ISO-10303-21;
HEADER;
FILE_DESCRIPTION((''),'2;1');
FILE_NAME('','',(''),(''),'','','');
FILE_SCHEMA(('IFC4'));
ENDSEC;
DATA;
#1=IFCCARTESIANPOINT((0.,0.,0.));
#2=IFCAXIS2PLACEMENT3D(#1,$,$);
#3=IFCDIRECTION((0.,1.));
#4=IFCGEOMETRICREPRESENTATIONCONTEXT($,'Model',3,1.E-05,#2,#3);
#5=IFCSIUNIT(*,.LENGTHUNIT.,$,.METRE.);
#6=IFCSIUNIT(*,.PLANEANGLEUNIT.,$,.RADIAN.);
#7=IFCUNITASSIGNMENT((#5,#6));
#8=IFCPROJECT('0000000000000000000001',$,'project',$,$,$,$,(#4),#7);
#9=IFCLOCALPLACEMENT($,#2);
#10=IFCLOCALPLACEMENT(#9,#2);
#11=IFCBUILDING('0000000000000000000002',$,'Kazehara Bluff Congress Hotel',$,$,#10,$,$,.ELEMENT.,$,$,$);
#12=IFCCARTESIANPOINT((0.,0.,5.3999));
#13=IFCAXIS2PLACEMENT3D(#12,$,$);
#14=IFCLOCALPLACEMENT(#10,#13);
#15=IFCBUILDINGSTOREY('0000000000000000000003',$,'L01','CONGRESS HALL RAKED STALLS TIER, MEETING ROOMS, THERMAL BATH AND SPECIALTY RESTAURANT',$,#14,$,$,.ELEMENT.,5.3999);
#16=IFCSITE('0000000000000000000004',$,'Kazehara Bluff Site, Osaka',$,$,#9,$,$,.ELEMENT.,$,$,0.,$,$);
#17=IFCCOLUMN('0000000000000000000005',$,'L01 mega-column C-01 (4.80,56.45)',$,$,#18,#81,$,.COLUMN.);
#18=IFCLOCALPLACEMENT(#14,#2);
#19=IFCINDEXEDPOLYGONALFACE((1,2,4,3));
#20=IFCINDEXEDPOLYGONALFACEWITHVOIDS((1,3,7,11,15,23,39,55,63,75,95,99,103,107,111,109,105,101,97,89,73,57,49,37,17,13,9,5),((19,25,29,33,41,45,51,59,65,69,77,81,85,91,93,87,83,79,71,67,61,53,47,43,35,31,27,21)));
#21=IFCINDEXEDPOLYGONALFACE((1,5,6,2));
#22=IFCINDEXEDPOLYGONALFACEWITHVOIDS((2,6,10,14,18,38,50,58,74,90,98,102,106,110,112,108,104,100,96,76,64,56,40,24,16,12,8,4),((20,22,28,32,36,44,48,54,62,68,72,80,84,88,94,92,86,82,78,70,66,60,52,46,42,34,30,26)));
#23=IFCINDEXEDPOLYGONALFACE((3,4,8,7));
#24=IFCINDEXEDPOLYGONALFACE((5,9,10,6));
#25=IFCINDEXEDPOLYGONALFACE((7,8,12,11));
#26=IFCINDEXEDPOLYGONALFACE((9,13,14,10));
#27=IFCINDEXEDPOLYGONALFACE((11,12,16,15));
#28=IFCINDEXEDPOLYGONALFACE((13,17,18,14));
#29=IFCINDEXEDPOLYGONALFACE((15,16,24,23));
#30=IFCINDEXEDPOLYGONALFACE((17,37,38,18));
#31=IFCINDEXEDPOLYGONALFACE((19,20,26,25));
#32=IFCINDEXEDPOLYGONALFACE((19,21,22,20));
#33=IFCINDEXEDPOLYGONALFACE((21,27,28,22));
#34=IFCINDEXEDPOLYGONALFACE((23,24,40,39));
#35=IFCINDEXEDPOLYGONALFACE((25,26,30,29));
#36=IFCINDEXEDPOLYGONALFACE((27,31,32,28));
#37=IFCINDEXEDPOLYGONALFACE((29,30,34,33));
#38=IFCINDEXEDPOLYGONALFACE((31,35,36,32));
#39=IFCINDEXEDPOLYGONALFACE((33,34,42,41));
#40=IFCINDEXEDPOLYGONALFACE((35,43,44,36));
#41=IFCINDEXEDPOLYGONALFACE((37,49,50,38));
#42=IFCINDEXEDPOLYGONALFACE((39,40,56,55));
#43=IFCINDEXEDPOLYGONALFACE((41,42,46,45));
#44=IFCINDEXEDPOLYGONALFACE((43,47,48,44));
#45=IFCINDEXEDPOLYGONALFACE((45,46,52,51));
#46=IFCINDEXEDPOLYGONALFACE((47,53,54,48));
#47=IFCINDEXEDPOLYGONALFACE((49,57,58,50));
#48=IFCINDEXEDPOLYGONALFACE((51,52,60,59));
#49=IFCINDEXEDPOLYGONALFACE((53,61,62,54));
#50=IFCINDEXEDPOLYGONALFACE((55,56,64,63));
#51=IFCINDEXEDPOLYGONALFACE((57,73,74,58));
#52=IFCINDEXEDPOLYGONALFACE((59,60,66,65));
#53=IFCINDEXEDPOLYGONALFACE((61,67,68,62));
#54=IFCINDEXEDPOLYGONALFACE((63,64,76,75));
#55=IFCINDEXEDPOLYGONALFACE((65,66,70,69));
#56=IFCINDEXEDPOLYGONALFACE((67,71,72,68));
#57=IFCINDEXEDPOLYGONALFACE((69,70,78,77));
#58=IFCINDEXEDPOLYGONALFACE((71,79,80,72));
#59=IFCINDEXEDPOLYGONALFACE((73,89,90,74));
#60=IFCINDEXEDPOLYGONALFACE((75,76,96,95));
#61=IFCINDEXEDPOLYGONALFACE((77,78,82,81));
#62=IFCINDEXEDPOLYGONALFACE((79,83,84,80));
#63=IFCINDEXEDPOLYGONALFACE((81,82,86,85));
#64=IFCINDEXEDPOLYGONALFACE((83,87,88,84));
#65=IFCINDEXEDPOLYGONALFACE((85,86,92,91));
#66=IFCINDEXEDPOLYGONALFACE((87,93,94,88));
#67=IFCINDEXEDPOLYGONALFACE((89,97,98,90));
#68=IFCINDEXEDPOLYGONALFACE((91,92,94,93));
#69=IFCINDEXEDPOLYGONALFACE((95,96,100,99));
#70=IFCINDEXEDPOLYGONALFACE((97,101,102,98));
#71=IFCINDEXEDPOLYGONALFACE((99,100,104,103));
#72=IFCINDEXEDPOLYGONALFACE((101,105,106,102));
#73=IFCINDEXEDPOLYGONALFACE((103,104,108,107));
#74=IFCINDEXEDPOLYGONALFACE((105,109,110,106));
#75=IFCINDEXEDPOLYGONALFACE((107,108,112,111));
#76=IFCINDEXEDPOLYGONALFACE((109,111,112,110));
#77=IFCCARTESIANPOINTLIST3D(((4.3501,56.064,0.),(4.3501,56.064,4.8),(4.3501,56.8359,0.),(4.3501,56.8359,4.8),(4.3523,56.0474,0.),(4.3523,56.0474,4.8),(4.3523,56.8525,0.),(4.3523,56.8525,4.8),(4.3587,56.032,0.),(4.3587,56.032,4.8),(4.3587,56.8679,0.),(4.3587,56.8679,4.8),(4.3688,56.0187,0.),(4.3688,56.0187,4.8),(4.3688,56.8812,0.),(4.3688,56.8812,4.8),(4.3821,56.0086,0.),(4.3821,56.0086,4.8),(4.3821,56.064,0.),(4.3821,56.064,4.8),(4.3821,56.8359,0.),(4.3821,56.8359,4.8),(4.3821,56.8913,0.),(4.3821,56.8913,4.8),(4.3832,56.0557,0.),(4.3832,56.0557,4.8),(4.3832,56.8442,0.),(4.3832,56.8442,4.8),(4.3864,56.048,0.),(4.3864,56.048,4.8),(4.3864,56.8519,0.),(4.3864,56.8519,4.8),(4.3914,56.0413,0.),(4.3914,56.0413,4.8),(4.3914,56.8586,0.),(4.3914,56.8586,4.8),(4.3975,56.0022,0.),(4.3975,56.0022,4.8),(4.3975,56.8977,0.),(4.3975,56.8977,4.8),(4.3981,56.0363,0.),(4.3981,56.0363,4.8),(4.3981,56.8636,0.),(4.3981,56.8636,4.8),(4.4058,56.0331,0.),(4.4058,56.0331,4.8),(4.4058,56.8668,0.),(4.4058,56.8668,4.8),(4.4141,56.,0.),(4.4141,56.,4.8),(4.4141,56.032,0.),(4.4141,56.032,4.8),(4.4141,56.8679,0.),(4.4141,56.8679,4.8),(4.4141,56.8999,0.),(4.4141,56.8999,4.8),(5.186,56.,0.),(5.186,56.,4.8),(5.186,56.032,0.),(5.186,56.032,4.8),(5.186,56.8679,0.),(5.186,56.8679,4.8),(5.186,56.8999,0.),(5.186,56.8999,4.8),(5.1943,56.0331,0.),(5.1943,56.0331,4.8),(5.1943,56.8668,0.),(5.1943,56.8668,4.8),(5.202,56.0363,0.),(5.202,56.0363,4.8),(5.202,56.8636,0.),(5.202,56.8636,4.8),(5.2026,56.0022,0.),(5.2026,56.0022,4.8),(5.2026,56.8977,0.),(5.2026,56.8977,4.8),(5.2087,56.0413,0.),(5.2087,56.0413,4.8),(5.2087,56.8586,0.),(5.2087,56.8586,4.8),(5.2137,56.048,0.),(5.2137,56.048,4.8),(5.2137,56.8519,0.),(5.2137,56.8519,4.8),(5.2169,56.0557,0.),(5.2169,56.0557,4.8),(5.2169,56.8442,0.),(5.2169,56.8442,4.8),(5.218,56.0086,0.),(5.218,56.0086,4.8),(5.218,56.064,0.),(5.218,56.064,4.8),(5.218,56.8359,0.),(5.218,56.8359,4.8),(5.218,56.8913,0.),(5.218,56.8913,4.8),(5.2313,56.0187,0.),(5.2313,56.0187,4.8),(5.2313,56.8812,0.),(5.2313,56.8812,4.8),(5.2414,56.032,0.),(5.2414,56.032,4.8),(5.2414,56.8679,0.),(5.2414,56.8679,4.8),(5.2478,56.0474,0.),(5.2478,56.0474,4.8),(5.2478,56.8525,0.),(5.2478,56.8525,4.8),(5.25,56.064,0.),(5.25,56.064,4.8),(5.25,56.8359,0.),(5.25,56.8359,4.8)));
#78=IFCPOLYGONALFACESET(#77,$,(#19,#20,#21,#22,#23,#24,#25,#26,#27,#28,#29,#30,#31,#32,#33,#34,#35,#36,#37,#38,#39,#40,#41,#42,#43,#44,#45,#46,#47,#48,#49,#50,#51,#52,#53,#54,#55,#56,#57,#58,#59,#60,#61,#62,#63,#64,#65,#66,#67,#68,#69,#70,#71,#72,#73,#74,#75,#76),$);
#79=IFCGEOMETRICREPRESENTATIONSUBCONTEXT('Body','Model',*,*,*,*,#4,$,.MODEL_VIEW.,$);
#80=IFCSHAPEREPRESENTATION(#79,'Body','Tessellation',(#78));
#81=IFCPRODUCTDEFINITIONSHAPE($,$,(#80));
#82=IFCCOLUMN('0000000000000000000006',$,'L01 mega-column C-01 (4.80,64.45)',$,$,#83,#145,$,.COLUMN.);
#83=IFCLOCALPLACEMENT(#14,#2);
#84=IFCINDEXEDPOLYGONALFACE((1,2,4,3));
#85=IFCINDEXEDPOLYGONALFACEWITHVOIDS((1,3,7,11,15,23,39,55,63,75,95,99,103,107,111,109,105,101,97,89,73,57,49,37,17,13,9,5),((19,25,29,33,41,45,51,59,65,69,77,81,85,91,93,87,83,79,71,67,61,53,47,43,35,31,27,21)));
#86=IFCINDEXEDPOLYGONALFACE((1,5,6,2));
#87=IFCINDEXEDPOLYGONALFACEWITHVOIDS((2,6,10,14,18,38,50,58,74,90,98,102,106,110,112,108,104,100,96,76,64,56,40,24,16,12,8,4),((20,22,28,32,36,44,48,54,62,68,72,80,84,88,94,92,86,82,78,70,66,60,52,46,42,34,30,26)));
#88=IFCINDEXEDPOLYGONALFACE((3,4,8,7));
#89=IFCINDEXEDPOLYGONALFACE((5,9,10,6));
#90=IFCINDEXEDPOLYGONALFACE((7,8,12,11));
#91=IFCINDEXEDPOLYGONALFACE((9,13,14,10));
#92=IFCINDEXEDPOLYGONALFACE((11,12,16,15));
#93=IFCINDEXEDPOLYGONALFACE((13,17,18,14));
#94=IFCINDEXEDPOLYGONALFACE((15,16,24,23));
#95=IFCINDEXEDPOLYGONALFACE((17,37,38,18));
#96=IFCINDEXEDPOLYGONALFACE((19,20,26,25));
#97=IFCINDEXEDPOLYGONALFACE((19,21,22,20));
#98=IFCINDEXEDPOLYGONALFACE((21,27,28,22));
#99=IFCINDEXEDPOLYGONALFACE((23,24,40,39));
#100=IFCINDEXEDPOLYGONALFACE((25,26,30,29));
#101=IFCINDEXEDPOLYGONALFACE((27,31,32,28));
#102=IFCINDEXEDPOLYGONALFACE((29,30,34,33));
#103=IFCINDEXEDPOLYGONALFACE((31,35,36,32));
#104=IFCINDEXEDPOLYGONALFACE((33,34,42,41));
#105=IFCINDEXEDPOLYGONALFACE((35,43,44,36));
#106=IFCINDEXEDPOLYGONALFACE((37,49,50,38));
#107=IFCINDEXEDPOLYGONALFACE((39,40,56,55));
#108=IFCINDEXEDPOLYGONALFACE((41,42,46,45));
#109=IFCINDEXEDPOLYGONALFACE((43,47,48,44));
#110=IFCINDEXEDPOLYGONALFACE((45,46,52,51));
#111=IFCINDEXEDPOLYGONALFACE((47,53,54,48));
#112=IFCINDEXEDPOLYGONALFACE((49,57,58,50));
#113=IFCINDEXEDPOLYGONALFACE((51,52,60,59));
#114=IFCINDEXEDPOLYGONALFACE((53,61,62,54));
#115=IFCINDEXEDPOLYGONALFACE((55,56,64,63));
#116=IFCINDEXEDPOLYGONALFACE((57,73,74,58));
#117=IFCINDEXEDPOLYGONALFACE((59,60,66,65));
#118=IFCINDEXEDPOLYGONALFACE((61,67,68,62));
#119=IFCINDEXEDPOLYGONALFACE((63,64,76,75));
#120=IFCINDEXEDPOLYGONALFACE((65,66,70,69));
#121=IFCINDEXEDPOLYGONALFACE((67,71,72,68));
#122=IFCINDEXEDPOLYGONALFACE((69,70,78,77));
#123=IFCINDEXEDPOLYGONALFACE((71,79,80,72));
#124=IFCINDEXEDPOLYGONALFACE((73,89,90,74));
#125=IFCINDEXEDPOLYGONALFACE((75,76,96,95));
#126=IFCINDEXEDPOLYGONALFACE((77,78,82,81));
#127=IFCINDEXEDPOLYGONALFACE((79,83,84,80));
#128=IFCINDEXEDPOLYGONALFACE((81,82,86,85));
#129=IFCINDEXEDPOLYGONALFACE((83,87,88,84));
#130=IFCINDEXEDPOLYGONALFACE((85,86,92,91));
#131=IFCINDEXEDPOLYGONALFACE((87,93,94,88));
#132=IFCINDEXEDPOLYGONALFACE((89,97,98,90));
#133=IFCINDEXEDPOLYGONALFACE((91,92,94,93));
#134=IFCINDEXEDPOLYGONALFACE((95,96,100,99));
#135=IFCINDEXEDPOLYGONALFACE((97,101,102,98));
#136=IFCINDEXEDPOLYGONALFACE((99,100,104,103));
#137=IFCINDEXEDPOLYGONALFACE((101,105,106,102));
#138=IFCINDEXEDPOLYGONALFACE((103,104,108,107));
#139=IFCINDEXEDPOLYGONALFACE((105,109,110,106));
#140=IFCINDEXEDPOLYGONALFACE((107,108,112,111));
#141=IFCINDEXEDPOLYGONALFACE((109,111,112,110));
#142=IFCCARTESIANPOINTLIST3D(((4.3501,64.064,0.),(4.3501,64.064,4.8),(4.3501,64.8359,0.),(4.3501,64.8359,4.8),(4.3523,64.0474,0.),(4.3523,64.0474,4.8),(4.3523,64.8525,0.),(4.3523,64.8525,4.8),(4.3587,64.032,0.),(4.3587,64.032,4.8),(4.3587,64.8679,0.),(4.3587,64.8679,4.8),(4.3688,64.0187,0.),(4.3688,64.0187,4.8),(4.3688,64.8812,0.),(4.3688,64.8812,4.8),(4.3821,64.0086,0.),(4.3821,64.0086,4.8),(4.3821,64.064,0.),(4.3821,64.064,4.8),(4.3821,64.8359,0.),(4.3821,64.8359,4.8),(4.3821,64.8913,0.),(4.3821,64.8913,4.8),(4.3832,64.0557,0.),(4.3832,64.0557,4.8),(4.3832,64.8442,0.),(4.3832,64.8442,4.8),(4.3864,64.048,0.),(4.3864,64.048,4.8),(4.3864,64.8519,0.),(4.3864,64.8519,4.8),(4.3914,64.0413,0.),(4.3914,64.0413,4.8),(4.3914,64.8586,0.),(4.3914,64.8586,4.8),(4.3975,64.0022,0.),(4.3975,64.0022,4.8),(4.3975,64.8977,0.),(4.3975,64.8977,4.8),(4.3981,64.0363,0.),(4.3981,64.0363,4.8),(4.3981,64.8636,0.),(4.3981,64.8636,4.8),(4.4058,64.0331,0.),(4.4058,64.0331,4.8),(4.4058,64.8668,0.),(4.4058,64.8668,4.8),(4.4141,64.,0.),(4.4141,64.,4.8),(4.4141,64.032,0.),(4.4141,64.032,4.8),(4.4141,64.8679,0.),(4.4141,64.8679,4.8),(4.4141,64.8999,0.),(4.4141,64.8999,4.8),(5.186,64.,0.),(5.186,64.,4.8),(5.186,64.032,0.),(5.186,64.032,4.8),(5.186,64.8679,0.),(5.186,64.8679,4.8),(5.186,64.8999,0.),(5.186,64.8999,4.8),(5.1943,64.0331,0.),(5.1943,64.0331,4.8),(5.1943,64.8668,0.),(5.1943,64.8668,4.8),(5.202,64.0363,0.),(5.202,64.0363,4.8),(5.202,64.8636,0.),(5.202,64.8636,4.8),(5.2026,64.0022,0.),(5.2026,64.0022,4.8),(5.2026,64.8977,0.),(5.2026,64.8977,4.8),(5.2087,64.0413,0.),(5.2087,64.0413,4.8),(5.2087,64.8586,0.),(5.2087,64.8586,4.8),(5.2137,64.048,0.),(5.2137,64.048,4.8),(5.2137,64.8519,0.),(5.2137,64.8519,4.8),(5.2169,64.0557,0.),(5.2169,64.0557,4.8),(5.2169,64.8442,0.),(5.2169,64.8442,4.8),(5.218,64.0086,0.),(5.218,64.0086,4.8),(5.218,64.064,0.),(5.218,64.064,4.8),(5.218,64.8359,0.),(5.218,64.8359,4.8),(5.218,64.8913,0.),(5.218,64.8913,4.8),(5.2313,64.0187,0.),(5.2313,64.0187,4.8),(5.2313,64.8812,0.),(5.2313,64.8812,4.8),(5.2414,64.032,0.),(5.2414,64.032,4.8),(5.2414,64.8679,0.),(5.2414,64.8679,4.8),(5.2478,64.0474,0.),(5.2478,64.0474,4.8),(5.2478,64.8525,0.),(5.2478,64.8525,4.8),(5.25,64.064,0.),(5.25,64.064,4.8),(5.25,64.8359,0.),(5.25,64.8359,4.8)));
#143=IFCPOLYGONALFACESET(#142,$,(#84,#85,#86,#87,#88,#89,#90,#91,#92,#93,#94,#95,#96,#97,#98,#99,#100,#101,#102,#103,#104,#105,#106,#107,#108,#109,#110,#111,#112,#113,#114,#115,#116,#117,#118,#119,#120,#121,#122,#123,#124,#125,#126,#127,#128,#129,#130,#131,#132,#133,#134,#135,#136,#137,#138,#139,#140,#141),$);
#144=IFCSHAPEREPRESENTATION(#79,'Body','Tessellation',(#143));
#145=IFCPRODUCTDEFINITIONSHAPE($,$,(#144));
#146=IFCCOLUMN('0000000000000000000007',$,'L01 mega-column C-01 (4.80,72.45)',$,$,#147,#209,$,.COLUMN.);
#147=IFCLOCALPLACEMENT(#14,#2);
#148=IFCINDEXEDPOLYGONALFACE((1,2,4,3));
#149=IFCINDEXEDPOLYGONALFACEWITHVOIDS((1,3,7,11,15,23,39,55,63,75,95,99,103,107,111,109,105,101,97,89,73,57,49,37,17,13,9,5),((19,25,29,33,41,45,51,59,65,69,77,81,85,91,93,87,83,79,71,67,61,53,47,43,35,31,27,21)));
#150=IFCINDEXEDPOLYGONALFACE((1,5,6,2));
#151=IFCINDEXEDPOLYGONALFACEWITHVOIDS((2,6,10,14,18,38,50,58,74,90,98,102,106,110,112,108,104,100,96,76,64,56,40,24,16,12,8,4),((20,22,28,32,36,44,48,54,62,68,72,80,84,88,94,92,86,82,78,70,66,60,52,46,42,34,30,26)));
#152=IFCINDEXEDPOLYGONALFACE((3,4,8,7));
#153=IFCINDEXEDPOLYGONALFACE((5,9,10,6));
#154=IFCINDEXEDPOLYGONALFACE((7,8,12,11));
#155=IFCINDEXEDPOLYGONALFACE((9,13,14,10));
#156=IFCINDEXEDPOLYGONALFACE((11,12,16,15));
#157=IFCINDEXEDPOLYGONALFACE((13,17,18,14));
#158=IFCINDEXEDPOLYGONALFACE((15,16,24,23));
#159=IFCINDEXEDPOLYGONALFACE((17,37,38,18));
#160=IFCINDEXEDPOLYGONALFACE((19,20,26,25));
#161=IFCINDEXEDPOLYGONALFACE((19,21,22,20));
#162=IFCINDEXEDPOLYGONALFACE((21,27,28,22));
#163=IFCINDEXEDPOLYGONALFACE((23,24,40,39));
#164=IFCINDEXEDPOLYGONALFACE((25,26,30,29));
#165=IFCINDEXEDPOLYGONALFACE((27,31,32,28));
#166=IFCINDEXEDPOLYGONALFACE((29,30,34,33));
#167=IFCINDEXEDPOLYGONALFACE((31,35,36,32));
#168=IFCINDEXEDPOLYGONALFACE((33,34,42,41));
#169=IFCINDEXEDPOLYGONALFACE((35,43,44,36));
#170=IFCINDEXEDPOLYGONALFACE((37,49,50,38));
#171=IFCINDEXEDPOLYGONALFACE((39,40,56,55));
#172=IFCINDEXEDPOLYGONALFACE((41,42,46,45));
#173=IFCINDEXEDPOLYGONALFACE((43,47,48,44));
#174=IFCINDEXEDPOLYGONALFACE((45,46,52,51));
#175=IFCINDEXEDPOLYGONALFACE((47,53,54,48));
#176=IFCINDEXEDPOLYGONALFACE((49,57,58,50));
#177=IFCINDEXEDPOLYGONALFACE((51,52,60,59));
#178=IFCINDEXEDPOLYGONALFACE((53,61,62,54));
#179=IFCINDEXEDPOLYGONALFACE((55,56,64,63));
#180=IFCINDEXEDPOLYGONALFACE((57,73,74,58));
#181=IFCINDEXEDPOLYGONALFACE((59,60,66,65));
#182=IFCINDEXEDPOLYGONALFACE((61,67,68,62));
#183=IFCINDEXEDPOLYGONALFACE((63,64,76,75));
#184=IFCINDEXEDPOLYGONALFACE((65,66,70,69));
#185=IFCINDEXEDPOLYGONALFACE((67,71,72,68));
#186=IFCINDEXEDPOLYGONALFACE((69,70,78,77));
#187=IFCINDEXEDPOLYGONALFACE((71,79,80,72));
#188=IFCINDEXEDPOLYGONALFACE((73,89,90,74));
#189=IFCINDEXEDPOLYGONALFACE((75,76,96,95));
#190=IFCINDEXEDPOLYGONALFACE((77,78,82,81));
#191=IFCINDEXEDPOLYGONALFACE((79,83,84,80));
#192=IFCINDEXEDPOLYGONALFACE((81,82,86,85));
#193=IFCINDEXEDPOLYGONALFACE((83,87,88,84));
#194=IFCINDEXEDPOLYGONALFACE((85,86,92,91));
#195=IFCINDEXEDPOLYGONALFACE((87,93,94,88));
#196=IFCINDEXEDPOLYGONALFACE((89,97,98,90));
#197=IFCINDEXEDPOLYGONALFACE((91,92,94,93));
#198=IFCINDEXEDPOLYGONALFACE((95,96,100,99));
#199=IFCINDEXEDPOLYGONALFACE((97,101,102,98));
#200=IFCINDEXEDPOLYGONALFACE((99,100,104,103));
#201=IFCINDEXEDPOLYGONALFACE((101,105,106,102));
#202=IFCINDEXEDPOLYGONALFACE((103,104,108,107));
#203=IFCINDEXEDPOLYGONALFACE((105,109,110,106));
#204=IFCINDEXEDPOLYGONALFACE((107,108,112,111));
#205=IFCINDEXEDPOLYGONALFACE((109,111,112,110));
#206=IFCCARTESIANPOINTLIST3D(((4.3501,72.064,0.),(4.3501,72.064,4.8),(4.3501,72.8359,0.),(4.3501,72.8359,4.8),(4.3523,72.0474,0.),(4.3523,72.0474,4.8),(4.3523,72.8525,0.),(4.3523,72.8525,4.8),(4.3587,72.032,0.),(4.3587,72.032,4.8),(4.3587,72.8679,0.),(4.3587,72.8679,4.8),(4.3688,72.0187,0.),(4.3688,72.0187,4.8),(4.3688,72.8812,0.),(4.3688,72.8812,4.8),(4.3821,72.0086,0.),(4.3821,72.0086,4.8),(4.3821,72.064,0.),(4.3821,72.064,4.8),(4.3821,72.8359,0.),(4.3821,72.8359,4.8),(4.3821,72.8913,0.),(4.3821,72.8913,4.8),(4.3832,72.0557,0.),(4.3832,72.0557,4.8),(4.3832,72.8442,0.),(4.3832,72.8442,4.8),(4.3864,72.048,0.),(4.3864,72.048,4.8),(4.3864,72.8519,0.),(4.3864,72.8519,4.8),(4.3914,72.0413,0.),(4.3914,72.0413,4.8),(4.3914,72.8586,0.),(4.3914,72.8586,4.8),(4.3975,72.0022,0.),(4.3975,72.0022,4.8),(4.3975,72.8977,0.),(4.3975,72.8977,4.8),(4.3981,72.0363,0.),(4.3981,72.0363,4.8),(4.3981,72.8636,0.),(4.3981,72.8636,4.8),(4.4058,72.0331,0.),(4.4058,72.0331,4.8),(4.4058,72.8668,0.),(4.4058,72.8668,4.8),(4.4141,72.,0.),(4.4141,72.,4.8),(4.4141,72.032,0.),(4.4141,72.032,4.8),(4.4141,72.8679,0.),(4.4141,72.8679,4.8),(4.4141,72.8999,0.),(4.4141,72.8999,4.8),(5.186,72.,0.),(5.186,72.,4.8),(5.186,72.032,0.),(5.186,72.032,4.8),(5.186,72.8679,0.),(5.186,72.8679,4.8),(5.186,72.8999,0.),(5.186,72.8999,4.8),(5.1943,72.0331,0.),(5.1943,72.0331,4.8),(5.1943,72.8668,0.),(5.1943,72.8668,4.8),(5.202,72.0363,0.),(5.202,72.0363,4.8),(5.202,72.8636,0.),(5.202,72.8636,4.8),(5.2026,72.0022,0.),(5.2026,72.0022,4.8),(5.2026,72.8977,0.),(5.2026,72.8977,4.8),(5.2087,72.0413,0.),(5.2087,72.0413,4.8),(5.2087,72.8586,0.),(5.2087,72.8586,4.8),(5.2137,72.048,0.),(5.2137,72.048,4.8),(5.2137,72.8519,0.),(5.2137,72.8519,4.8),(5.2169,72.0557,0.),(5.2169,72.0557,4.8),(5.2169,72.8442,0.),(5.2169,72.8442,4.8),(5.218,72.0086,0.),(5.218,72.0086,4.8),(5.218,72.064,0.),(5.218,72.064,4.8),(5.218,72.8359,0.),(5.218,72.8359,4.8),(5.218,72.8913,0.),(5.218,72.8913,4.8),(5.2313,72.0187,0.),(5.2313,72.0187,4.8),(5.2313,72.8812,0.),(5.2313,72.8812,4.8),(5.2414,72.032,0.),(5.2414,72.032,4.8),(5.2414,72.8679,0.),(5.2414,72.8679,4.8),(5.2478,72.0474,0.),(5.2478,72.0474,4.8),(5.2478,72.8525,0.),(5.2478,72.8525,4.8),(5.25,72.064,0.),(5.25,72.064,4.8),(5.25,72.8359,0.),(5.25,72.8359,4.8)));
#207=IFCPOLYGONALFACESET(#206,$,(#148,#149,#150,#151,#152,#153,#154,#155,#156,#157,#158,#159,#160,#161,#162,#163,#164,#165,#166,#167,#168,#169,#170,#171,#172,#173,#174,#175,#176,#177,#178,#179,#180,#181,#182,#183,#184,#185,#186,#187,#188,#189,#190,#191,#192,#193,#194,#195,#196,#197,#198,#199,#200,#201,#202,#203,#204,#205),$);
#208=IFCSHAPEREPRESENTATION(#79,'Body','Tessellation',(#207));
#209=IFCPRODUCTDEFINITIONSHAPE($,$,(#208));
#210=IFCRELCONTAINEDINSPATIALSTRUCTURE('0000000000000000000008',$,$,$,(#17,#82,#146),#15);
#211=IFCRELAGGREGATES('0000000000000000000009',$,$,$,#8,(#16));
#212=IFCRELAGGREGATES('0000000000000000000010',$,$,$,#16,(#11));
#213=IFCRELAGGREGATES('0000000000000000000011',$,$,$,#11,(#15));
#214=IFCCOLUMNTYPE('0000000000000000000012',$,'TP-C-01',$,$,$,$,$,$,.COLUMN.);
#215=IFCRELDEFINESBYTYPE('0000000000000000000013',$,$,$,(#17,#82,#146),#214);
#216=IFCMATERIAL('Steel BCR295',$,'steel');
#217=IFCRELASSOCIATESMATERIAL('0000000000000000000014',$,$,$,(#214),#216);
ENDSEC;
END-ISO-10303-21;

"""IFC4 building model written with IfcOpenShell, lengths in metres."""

from ifc_helpers import new_model, si_unit, direction, frame, origin, origin_2d, place, context, subcontext, project, spatial, hollow_rectangle, extrude, material, material_profile, profile_set, type_object, element, save


model = new_model("IFC4")

# Units and contexts
model_context = context("Model", 3, precision=1e-05, world=origin(), true_north=direction((0.0, 1.0)))
body_context = subcontext(model_context, "Body", "Model", "MODEL_VIEW")
ifc_project = project(units=[si_unit("LENGTHUNIT", "METRE"), si_unit("PLANEANGLEUNIT", "RADIAN")], contexts=[model_context])

# Site, building, storey
site_placement = place(None, origin())
site = spatial("IfcSite", under=ifc_project, at=site_placement, Name="Kazehara Bluff Site, Osaka", CompositionType="ELEMENT", RefElevation=0.0)
building_placement = place(site_placement, origin())
building = spatial("IfcBuilding", under=site, at=building_placement, Name="Kazehara Bluff Congress Hotel", CompositionType="ELEMENT")
storey_placement = place(building_placement, frame((0.0, 0.0, 5.3999)))
storey = spatial("IfcBuildingStorey", under=building, at=storey_placement, Name="L01", Description="CONGRESS HALL RAKED STALLS TIER, MEETING ROOMS, THERMAL BATH AND SPECIALTY RESTAURANT", CompositionType="ELEMENT", Elevation=5.3999)

# Columns
ifc_material_1 = material(Name="Steel BCR295", Category="steel")
ifc_material_profile_1 = material_profile(ifc_material_1, hollow_rectangle(XDim=0.8999, YDim=0.8999, WallThickness=0.032, InnerFilletRadius=0.032, OuterFilletRadius=0.064, at=origin_2d()))
ifc_profile_set_1 = profile_set([ifc_material_profile_1], Name="Steel BCR295")
column_type = type_object("IfcColumnType", Name="TP-C-01", PredefinedType="COLUMN", material=ifc_profile_set_1)
for number, where, z_axis, x_axis, name in (
    (1, (4.8, 56.45, 0.0), (0.0, 0.0, 1.0), (1.0, 0.0, 0.0), "L01 mega-column C-01 (4.80,56.45)"),
    (2, (4.8, 64.45, 0.0), (0.0, 0.0, 1.0), (1.0, 0.0, 0.0), "L01 mega-column C-01 (4.80,64.45)"),
    (3, (4.8, 72.45, 0.0), (0.0, 0.0, 1.0), (1.0, 0.0, 0.0), "L01 mega-column C-01 (4.80,72.45)"),
):
    element("IfcColumn", number, at=place(storey_placement, frame(where, z_axis=z_axis, x_axis=x_axis)), inside=storey, type_object=column_type, Name=name, PredefinedType="COLUMN", context=body_context, shape_type="SweptSolid", body=[
        extrude(hollow_rectangle(XDim=0.8999, YDim=0.8999, WallThickness=0.032, InnerFilletRadius=0.032, OuterFilletRadius=0.064, at=origin_2d()), origin(), (0.0, 0.0, 1.0), 4.8),
    ])

save(model, "model.ifc")
